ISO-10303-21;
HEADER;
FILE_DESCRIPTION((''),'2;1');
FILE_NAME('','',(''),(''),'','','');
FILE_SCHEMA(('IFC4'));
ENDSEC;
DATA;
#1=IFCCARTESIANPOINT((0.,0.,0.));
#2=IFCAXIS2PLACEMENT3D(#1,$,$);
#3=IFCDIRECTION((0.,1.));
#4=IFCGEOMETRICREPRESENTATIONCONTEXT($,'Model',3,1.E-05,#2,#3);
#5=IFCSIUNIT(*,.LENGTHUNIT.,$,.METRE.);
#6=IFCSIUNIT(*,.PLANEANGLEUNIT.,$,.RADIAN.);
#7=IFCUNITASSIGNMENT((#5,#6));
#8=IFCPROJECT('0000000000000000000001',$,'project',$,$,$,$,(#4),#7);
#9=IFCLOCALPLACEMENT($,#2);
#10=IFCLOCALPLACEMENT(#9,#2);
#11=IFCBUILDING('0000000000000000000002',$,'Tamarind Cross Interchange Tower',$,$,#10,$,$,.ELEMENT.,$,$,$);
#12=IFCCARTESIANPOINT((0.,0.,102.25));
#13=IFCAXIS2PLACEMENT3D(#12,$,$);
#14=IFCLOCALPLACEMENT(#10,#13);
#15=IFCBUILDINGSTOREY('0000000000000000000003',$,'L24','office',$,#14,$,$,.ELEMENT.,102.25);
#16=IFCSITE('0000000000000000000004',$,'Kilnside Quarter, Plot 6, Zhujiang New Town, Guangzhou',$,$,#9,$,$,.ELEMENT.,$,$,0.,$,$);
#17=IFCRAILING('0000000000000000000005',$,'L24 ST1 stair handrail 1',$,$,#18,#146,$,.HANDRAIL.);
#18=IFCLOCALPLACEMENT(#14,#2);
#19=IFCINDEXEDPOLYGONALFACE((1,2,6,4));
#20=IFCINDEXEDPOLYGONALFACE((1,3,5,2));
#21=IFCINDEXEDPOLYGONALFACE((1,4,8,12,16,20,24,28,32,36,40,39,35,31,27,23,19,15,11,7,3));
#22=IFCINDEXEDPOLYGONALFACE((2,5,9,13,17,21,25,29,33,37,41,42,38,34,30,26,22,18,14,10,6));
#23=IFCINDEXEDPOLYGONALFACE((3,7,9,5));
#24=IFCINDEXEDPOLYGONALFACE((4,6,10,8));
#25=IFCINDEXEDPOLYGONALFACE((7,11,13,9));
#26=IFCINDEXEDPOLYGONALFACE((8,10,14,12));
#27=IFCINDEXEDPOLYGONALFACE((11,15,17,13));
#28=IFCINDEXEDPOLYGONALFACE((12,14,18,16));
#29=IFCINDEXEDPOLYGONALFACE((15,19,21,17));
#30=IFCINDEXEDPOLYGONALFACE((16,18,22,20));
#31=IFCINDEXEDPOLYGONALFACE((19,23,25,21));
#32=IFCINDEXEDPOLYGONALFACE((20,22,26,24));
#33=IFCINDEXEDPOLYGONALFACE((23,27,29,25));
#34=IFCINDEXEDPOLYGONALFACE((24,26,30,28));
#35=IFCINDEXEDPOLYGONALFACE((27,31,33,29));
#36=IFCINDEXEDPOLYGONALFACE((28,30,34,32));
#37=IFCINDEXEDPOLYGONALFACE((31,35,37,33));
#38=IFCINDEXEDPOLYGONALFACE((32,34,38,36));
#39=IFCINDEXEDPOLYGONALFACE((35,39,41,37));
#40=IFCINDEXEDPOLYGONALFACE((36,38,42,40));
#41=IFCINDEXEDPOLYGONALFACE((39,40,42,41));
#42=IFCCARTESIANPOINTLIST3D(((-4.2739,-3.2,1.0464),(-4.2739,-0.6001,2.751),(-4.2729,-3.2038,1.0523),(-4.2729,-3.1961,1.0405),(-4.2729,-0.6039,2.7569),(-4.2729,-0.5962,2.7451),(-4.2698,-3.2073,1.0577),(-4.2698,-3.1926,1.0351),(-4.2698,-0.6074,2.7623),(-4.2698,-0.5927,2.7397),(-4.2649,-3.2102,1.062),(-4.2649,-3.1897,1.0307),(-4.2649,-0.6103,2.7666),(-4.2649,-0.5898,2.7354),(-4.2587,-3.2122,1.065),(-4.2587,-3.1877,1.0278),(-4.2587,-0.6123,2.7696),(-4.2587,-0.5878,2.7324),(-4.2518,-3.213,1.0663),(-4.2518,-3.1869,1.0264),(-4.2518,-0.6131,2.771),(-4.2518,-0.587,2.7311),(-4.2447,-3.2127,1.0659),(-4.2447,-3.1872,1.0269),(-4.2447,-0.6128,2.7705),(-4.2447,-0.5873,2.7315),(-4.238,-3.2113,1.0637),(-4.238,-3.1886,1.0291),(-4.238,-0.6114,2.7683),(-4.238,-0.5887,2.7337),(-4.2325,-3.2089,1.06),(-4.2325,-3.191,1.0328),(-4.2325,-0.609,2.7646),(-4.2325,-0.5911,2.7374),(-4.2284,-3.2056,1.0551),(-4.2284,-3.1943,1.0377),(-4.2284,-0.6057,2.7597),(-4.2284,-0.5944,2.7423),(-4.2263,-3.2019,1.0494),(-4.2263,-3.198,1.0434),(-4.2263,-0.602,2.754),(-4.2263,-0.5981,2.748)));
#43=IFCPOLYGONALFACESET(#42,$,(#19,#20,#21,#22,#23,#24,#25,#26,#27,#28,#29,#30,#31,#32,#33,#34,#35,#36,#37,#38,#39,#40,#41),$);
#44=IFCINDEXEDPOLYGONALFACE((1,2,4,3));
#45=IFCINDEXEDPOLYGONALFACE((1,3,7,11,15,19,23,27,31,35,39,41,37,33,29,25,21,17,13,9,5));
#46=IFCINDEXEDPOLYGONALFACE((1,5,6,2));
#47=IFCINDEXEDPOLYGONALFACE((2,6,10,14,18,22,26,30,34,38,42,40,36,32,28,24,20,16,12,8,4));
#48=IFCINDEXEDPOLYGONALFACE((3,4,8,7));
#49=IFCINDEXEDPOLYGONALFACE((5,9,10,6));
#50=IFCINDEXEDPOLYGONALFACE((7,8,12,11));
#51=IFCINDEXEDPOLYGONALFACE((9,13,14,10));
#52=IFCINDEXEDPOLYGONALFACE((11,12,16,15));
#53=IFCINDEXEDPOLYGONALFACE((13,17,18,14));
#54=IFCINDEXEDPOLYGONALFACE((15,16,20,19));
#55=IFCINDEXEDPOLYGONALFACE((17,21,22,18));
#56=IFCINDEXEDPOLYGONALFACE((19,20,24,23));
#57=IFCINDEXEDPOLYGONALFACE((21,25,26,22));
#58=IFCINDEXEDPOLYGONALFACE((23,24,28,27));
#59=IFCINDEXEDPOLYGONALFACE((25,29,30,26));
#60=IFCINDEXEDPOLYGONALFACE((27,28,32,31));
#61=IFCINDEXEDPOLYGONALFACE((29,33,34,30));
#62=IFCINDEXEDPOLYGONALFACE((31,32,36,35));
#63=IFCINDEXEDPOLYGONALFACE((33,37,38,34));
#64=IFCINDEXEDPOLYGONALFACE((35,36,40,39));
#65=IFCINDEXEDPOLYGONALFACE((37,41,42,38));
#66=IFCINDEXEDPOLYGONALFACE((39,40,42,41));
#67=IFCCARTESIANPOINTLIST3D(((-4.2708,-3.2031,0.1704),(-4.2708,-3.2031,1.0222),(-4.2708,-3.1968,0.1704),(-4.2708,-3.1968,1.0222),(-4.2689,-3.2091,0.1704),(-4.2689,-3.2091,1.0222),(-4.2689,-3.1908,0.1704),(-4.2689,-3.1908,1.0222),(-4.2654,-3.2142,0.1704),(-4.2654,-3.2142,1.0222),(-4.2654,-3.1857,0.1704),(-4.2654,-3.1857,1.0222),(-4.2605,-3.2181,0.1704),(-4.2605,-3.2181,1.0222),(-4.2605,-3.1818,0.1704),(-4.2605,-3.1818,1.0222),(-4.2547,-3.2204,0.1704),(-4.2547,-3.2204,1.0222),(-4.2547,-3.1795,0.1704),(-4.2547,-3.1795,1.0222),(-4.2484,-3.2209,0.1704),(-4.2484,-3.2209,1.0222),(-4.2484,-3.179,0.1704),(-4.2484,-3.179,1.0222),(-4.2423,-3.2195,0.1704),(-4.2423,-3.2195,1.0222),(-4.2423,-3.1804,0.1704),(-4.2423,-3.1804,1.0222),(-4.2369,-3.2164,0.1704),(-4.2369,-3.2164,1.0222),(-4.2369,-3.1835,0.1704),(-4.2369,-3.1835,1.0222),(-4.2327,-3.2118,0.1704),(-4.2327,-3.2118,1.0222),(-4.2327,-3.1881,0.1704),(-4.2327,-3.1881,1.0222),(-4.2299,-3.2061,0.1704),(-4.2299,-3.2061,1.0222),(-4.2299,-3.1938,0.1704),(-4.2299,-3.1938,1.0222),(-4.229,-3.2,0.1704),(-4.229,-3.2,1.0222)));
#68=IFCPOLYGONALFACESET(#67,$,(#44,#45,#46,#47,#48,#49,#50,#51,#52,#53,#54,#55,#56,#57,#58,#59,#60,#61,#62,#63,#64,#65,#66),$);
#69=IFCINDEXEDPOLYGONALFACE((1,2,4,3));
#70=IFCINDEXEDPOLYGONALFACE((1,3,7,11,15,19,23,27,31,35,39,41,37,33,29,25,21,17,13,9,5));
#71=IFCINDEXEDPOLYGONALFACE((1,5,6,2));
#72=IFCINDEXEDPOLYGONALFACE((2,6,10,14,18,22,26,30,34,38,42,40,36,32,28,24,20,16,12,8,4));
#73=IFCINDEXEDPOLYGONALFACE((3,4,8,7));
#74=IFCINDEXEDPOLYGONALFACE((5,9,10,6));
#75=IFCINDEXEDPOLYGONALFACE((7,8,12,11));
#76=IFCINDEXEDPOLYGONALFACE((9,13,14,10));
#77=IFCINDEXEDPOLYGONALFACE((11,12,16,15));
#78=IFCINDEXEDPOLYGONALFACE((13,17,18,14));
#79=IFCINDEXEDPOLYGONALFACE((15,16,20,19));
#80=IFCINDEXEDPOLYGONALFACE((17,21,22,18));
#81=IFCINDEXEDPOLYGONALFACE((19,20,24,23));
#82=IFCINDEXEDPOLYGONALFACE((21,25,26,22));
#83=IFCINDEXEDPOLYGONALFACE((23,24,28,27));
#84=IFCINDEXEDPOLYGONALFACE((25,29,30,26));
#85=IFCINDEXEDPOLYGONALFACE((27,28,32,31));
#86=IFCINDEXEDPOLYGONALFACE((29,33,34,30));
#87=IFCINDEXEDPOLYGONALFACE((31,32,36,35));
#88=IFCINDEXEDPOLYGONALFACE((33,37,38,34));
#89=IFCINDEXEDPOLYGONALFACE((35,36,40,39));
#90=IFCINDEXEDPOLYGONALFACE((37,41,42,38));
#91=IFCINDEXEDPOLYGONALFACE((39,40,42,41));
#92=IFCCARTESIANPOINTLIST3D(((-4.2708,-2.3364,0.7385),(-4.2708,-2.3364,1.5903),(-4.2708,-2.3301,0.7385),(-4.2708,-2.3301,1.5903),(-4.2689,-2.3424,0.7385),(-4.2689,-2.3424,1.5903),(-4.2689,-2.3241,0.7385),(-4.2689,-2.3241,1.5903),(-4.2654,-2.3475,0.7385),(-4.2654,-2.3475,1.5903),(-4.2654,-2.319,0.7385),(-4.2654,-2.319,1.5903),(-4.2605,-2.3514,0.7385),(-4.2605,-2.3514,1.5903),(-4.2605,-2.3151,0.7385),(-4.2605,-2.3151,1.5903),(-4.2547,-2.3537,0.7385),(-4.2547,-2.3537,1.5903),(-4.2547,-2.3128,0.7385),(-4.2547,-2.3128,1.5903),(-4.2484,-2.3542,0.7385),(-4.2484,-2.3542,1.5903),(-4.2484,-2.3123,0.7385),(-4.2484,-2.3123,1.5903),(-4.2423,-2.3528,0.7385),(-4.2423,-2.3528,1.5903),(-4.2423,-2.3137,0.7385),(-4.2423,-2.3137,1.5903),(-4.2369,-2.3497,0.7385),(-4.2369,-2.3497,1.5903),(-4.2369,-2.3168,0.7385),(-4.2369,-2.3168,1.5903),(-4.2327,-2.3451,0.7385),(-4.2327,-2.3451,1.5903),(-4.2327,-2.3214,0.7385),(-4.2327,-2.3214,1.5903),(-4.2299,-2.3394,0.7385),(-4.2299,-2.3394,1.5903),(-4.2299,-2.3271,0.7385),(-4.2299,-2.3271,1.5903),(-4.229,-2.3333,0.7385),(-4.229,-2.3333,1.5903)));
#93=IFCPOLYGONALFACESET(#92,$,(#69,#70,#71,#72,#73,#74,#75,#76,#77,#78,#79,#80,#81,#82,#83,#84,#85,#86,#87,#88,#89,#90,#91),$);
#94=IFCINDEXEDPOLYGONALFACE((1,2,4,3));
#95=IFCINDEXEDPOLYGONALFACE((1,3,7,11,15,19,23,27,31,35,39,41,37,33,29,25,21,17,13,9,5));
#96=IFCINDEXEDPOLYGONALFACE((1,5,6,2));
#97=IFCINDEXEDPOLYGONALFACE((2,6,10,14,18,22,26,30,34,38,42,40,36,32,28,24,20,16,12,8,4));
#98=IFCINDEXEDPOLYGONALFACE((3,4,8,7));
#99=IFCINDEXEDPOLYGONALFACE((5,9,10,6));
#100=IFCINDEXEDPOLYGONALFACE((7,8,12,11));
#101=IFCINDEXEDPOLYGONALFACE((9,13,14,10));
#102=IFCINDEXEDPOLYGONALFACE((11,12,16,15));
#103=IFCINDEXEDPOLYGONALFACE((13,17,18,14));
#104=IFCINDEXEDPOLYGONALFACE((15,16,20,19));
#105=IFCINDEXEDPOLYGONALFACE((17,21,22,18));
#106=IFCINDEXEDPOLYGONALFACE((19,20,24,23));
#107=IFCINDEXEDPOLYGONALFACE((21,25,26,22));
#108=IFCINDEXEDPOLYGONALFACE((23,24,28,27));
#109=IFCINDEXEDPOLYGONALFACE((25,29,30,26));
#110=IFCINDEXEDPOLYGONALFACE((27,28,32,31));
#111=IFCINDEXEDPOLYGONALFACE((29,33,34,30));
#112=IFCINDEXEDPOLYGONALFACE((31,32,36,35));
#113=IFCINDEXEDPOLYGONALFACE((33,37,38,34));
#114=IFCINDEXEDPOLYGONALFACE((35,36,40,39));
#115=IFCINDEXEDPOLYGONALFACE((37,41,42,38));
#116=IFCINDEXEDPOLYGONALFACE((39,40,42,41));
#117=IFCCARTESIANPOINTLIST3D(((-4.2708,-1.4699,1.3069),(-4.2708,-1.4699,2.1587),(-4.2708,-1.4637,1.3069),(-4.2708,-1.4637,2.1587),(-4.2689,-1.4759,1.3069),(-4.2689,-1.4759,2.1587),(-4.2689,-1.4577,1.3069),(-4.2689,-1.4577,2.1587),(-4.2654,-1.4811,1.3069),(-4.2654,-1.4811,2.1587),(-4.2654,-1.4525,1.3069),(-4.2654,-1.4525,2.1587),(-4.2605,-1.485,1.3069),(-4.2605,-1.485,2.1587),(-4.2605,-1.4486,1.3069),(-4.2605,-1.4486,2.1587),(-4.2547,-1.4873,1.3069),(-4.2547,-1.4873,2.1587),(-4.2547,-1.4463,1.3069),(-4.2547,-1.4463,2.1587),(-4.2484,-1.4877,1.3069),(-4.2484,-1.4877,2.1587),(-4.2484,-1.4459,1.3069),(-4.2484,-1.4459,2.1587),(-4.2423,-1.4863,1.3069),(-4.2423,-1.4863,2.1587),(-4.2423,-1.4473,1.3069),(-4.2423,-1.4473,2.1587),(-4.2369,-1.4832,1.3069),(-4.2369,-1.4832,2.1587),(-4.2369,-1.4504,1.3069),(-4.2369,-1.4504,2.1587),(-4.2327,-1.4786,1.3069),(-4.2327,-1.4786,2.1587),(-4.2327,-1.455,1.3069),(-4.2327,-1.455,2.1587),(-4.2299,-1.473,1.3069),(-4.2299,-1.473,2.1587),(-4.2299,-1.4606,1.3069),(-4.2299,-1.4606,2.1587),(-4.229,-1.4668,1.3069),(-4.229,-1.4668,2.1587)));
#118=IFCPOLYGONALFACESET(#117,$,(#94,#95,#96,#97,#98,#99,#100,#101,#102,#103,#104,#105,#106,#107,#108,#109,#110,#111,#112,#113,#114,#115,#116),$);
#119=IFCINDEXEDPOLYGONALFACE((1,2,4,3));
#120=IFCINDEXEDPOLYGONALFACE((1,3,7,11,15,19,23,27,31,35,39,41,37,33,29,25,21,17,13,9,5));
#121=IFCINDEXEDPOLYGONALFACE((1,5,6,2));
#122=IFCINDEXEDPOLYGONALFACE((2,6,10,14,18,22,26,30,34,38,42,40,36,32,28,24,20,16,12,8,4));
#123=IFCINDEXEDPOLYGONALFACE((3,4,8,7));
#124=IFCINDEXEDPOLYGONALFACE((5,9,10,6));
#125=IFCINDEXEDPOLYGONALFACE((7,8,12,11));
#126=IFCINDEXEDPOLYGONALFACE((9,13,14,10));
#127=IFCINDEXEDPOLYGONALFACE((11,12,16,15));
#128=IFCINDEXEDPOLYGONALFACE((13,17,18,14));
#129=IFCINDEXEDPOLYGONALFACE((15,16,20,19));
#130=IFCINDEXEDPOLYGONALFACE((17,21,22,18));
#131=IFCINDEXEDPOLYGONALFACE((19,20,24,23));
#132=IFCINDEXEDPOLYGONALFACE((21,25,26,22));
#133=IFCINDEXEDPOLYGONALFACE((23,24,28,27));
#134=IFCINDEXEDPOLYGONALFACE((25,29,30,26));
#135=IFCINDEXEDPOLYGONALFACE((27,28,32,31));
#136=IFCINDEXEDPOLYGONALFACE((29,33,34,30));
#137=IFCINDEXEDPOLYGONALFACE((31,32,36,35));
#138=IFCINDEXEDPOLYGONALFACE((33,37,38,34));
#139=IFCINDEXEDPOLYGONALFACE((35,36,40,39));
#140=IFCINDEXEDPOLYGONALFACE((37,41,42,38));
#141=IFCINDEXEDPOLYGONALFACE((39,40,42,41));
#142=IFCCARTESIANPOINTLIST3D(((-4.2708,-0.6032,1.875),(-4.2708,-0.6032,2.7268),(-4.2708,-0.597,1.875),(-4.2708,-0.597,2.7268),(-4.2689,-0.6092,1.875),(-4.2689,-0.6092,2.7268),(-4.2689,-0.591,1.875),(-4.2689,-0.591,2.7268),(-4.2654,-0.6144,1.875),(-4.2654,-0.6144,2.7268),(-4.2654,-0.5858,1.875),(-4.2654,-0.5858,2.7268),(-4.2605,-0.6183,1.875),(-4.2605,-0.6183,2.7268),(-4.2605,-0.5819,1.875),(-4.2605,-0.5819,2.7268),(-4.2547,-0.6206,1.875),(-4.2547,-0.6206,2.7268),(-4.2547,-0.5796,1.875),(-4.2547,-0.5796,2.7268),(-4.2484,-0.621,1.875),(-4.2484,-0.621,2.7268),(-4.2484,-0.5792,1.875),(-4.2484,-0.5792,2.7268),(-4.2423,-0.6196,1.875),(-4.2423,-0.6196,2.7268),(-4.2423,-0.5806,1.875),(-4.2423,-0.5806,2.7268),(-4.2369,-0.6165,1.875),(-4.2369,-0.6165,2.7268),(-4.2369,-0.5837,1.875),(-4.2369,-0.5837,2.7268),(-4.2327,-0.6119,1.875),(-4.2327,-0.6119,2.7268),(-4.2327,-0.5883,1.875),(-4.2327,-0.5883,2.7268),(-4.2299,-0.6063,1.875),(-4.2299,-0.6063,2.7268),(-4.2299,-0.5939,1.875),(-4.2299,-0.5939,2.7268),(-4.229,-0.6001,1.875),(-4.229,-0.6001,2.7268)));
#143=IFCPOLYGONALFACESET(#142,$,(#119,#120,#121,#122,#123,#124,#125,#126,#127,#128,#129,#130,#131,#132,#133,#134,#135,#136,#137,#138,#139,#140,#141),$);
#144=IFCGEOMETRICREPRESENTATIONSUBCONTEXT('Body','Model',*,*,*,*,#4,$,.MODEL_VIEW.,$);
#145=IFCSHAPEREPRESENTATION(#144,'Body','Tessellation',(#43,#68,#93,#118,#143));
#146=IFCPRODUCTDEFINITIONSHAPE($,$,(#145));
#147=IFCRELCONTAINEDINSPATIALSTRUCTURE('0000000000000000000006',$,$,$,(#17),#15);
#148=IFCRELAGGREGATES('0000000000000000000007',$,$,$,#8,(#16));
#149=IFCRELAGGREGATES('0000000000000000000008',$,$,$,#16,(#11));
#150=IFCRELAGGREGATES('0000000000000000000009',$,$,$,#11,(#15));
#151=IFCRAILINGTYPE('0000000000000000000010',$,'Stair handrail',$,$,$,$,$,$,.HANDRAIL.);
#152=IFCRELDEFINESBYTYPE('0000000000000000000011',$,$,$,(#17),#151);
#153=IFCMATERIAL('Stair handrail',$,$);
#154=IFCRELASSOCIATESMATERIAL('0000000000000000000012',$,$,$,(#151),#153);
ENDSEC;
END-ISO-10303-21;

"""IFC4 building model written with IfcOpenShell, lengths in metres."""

from ifc_helpers import new_model, si_unit, direction, frame, origin, origin_2d, place, context, subcontext, project, spatial, circle, extrude, material, type_object, element, save


model = new_model("IFC4")

# Units and contexts
model_context = context("Model", 3, precision=1e-05, world=origin(), true_north=direction((0.0, 1.0)))
body_context = subcontext(model_context, "Body", "Model", "MODEL_VIEW")
ifc_project = project(units=[si_unit("LENGTHUNIT", "METRE"), si_unit("PLANEANGLEUNIT", "RADIAN")], contexts=[model_context])

# Site, building, storey
site_placement = place(None, origin())
site = spatial("IfcSite", under=ifc_project, at=site_placement, Name="Kilnside Quarter, Plot 6, Zhujiang New Town, Guangzhou", CompositionType="ELEMENT", RefElevation=0.0)
building_placement = place(site_placement, origin())
building = spatial("IfcBuilding", under=site, at=building_placement, Name="Tamarind Cross Interchange Tower", CompositionType="ELEMENT")
storey_placement = place(building_placement, frame((0.0, 0.0, 102.25)))
storey = spatial("IfcBuildingStorey", under=building, at=storey_placement, Name="L24", Description="office", CompositionType="ELEMENT", Elevation=102.25)

# Railing
ifc_material_1 = material(Name="Stair handrail")
railing_type_1 = type_object("IfcRailingType", Name="Stair handrail", PredefinedType="HANDRAIL", material=ifc_material_1)
railing_1_placement = place(storey_placement, frame((-4.25, -3.2, 0.1704)))
element("IfcRailing", 1, at=railing_1_placement, inside=storey, type_object=railing_type_1, Name="L24 ST1 stair handrail 1", PredefinedType="HANDRAIL", context=body_context, shape_type="SweptSolid", body=[
    extrude(circle(Radius=0.0239, at=origin_2d()), frame((0.0, 0.0, 0.876), z_axis=(0.0, 0.836279, 0.548305), x_axis=(-1.0, 0.0, 0.0)), (0.0, 0.0, 1.0), 3.1089),
    extrude(circle(Radius=0.021, at=origin_2d()), origin(), (0.0, 0.0, 1.0), 0.8518),
    extrude(circle(Radius=0.021, at=origin_2d()), frame((0.0, 0.8667, 0.5681)), (0.0, 0.0, 1.0), 0.8518),
    extrude(circle(Radius=0.021, at=origin_2d()), frame((0.0, 1.7332, 1.1365)), (0.0, 0.0, 1.0), 0.8518),
    extrude(circle(Radius=0.021, at=origin_2d()), frame((0.0, 2.5999, 1.7046)), (0.0, 0.0, 1.0), 0.8518),
])

save(model, "model.ifc")
